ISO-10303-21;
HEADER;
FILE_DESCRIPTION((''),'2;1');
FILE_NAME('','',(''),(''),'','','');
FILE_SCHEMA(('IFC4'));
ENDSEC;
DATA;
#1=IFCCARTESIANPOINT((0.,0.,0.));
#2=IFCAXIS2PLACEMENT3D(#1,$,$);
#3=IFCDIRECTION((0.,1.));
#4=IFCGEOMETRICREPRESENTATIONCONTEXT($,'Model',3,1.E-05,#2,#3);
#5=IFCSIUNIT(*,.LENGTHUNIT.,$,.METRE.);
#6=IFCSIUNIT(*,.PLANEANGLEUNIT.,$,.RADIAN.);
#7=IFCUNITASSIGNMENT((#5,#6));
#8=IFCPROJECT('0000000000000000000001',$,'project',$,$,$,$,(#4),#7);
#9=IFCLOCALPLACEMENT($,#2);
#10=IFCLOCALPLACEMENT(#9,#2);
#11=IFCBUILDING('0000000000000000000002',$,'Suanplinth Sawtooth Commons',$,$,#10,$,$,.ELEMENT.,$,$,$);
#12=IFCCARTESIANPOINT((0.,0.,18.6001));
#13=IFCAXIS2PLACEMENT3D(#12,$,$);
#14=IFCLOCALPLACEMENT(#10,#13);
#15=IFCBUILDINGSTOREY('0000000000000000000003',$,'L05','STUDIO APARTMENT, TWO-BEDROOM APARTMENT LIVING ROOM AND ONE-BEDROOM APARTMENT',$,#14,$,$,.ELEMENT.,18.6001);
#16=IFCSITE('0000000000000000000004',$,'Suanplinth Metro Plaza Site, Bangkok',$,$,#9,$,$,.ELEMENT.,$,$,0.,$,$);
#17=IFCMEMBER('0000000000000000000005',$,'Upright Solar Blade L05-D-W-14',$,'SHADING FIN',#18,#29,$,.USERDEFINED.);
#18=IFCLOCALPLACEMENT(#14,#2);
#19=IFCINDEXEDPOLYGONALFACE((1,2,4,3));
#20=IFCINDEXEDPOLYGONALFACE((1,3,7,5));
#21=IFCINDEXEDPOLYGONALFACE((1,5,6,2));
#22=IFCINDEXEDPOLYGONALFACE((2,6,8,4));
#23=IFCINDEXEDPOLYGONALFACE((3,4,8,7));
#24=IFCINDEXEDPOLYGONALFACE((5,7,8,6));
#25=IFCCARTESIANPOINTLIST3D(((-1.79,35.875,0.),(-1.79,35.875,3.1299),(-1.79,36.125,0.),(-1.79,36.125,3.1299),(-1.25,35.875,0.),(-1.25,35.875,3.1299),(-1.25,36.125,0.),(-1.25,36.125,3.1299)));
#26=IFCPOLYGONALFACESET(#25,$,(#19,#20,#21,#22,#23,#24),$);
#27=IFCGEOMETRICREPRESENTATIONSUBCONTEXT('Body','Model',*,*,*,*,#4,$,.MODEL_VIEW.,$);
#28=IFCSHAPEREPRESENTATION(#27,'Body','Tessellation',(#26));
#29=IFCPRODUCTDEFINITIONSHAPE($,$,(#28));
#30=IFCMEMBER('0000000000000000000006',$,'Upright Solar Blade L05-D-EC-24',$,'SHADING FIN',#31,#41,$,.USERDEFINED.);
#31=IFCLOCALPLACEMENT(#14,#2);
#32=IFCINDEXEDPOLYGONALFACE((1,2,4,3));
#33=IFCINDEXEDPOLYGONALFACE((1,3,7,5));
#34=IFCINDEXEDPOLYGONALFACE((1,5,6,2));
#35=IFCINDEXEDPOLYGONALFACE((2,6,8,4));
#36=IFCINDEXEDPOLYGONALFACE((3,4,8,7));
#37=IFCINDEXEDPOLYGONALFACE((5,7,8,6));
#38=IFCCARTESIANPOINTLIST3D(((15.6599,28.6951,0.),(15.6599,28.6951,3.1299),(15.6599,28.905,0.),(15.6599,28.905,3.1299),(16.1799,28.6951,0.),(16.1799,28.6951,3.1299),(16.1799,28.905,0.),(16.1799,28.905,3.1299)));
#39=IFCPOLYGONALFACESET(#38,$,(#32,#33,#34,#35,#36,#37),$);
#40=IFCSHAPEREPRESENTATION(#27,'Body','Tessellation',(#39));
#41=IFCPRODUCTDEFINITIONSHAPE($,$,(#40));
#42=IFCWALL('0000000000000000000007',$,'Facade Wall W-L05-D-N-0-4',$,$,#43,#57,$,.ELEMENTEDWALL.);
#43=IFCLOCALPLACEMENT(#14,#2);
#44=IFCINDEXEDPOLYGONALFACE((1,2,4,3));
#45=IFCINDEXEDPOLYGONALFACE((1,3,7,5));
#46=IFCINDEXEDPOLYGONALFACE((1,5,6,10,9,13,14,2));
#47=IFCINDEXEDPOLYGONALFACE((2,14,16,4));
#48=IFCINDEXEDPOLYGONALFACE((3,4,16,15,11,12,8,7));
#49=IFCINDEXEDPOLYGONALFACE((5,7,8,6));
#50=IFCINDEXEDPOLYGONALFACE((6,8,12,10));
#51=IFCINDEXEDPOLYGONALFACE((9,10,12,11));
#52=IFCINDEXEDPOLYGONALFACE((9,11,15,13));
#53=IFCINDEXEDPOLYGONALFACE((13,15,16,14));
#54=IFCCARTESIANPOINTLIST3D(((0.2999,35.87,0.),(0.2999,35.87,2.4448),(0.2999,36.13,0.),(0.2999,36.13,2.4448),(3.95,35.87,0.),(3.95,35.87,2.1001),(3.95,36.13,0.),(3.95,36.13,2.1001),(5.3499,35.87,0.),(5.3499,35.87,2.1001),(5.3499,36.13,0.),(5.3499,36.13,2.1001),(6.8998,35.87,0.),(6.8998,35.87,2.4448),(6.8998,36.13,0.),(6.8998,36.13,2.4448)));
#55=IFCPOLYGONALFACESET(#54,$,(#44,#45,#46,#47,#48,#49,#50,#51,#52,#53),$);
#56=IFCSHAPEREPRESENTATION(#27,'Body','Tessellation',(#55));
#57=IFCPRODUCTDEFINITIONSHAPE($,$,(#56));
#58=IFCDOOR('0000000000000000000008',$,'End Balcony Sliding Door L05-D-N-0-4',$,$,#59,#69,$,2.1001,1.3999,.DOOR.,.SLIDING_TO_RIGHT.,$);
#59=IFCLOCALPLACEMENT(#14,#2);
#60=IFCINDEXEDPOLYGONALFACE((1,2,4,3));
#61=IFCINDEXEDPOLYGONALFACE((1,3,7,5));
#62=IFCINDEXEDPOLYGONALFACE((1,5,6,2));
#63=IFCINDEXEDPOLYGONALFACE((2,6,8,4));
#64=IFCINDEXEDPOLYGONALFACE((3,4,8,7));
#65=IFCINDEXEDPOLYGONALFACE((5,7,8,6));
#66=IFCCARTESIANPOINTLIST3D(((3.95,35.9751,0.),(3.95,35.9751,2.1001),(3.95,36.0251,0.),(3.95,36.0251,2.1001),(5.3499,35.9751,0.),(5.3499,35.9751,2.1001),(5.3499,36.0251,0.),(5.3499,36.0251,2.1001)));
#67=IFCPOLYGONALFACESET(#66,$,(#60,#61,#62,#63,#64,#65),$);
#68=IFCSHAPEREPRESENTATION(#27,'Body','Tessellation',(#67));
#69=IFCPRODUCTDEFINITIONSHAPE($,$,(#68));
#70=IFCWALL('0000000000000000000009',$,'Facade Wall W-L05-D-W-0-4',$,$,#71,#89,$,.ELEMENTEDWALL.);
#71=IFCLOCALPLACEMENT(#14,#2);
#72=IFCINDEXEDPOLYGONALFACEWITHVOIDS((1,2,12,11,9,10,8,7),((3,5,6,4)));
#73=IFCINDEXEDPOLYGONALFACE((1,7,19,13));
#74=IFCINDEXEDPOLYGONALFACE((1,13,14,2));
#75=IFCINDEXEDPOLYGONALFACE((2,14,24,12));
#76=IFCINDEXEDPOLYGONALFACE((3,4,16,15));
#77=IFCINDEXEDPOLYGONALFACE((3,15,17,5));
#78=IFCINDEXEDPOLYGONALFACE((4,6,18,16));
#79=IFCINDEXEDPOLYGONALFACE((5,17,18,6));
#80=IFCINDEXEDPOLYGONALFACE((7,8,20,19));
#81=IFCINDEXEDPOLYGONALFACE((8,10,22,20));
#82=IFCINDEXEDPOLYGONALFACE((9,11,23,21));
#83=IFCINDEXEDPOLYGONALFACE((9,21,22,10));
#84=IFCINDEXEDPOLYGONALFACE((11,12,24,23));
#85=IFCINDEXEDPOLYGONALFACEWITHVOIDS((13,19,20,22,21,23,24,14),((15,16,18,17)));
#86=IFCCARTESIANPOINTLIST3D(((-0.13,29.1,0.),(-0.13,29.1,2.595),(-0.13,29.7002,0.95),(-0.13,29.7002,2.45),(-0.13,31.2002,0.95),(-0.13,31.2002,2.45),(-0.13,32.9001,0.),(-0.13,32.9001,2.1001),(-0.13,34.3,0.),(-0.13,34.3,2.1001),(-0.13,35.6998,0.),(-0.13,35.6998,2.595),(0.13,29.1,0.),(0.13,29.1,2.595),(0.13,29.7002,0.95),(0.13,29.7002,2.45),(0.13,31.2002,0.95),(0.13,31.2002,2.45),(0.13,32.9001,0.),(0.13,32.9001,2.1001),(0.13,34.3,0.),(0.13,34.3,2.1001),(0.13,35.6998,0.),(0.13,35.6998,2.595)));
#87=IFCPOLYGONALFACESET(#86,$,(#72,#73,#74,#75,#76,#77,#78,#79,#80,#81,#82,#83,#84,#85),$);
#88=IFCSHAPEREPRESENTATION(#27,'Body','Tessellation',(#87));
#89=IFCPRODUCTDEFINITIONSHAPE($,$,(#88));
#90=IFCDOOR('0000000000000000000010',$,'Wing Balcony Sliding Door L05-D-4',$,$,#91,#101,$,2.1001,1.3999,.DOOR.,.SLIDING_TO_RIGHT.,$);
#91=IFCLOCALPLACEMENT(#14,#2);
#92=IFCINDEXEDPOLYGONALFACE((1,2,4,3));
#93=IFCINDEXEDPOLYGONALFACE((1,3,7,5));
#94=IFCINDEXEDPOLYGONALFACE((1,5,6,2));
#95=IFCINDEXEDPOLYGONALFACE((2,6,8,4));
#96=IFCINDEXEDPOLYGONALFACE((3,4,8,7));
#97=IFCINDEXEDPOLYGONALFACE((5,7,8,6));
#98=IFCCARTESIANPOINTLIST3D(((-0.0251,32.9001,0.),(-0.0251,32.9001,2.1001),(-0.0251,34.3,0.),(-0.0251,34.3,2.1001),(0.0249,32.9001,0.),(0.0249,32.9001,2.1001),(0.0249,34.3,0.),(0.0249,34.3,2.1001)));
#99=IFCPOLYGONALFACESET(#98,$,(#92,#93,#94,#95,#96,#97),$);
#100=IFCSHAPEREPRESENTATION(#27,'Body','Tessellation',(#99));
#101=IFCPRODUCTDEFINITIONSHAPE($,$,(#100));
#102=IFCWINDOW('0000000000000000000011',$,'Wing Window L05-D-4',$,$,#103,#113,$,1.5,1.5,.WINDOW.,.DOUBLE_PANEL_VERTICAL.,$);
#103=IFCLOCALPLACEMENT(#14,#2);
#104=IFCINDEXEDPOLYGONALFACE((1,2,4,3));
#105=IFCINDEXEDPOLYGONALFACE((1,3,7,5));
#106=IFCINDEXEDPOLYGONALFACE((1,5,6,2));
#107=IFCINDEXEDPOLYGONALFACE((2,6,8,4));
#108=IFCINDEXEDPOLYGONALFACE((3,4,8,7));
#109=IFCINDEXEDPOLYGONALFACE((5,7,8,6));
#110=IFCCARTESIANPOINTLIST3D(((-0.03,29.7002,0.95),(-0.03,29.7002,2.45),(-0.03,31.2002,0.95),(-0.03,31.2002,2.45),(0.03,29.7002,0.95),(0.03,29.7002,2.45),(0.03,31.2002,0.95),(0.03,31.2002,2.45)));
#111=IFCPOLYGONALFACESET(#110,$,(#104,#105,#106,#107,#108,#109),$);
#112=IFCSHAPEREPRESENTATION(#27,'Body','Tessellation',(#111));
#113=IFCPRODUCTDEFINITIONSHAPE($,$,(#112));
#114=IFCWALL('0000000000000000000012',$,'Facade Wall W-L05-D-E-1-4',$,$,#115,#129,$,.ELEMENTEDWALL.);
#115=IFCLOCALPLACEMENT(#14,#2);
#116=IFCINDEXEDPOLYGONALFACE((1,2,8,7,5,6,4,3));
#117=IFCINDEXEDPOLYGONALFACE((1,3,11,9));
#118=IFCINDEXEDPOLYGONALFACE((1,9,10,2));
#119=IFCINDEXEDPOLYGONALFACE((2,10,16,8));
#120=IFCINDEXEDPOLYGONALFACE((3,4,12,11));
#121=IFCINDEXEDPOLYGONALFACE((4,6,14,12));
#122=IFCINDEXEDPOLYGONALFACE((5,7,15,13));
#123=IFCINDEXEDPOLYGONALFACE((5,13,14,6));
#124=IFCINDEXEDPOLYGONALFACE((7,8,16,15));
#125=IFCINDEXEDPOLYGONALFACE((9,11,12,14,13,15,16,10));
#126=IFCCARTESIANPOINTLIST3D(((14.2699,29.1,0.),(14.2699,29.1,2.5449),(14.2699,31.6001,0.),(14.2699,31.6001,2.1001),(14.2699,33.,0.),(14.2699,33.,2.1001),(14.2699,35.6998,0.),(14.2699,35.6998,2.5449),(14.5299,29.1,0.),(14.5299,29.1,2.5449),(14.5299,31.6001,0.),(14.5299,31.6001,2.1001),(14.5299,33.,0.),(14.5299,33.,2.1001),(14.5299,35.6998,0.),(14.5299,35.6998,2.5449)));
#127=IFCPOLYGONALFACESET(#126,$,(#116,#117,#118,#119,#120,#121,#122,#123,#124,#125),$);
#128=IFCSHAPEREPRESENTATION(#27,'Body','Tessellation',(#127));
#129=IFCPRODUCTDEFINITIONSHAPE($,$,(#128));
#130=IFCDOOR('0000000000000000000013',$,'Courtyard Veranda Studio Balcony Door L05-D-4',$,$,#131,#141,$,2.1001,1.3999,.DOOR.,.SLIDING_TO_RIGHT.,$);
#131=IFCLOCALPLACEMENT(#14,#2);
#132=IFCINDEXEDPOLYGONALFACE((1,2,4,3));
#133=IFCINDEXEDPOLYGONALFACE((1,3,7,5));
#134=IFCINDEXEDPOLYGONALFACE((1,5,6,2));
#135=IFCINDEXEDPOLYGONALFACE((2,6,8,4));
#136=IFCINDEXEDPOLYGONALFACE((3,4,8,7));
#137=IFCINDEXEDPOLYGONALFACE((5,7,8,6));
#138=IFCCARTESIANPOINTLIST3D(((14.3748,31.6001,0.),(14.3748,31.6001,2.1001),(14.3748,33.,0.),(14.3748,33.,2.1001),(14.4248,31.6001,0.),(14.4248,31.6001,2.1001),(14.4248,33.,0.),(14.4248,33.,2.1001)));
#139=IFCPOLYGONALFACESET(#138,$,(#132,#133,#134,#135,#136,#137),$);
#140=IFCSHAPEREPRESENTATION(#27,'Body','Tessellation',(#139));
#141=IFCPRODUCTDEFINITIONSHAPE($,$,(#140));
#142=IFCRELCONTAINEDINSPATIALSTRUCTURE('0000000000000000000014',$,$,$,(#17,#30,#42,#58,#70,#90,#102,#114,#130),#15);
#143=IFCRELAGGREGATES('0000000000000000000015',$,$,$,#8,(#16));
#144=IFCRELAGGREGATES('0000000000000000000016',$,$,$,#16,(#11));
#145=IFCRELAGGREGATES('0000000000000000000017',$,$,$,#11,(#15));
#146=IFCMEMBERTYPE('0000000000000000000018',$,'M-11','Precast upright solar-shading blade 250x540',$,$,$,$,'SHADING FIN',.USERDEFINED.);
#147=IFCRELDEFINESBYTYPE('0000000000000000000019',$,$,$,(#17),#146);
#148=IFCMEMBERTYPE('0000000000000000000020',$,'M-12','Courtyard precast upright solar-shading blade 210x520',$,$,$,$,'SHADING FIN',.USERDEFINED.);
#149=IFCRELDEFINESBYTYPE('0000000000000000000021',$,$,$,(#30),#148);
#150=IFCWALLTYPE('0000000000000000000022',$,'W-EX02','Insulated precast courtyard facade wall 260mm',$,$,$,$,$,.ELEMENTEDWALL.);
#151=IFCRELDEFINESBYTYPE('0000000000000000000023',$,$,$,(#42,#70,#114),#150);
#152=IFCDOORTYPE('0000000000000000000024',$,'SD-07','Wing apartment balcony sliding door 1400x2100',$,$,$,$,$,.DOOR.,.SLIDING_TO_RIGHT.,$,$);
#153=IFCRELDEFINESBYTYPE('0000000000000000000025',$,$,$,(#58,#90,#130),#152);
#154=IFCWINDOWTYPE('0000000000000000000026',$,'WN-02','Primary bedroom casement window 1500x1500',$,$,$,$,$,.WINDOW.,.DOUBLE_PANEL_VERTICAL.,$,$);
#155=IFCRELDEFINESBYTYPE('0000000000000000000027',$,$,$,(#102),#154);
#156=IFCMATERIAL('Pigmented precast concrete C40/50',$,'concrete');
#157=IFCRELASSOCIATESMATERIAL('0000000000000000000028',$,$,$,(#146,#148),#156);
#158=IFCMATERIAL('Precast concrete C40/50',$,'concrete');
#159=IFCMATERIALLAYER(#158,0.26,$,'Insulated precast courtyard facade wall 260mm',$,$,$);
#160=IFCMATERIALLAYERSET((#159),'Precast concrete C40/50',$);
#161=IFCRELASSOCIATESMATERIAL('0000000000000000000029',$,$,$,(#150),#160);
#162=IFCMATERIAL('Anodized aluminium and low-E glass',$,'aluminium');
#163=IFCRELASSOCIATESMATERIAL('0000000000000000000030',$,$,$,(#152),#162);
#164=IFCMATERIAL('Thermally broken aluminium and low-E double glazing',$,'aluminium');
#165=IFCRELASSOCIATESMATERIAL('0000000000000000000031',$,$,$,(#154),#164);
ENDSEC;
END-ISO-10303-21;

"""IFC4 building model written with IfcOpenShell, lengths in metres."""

from ifc_helpers import new_model, si_unit, direction, frame, frame_2d, origin, origin_2d, place, context, subcontext, project, spatial, rectangle, extrude, material, layer, layer_set, material_profile, profile_set, type_object, element, fill, save


model = new_model("IFC4")

# Units and contexts
model_context = context("Model", 3, precision=1e-05, world=origin(), true_north=direction((0.0, 1.0)))
body_context = subcontext(model_context, "Body", "Model", "MODEL_VIEW")
ifc_project = project(units=[si_unit("LENGTHUNIT", "METRE"), si_unit("PLANEANGLEUNIT", "RADIAN")], contexts=[model_context])

# Site, building, storey
site_placement = place(None, origin())
site = spatial("IfcSite", under=ifc_project, at=site_placement, Name="Suanplinth Metro Plaza Site, Bangkok", CompositionType="ELEMENT", RefElevation=0.0)
building_placement = place(site_placement, origin())
building = spatial("IfcBuilding", under=site, at=building_placement, Name="Suanplinth Sawtooth Commons", CompositionType="ELEMENT")
storey_placement = place(building_placement, frame((0.0, 0.0, 18.6001)))
storey = spatial("IfcBuildingStorey", under=building, at=storey_placement, Name="L05", Description="STUDIO APARTMENT, TWO-BEDROOM APARTMENT LIVING ROOM AND ONE-BEDROOM APARTMENT", CompositionType="ELEMENT", Elevation=18.6001)

# Shared definitions
ifc_material_1 = material(Name="Precast concrete C40/50", Category="concrete")

# Members
ifc_material_2 = material(Name="Pigmented precast concrete C40/50", Category="concrete")
ifc_material_profile_1 = material_profile(ifc_material_2, rectangle(XDim=0.25, YDim=0.54, at=origin_2d()), Name="PC-FIN 250x540")
ifc_profile_set_1 = profile_set([ifc_material_profile_1], Name="Pigmented precast concrete C40/50")
member_type_1 = type_object("IfcMemberType", Name="M-11", Description="Precast upright solar-shading blade 250x540", ElementType="SHADING FIN", PredefinedType="USERDEFINED", material=ifc_profile_set_1)
member_1_placement = place(storey_placement, frame((-1.52, 36.0, 0.0), z_axis=(0.0, 0.0, 1.0), x_axis=(0.0, 1.0, 0.0)))
element("IfcMember", 1, at=member_1_placement, inside=storey, type_object=member_type_1, Name="Upright Solar Blade L05-D-W-14", ObjectType="SHADING FIN", PredefinedType="USERDEFINED", context=body_context, shape_type="SweptSolid", body=[
    extrude(rectangle(XDim=0.25, YDim=0.54, at=origin_2d()), origin(), (0.0, 0.0, 1.0), 3.1299),
])
ifc_material_profile_2 = material_profile(ifc_material_2, rectangle(XDim=0.21, YDim=0.52, at=origin_2d()), Name="PC-FIN 210x520")
ifc_profile_set_2 = profile_set([ifc_material_profile_2], Name="Pigmented precast concrete C40/50")
member_type_2 = type_object("IfcMemberType", Name="M-12", Description="Courtyard precast upright solar-shading blade 210x520", ElementType="SHADING FIN", PredefinedType="USERDEFINED", material=ifc_profile_set_2)
member_2_placement = place(storey_placement, frame((15.9199, 28.8, 0.0), z_axis=(0.0, 0.0, 1.0), x_axis=(0.0, 1.0, 0.0)))
element("IfcMember", 2, at=member_2_placement, inside=storey, type_object=member_type_2, Name="Upright Solar Blade L05-D-EC-24", ObjectType="SHADING FIN", PredefinedType="USERDEFINED", context=body_context, shape_type="SweptSolid", body=[
    extrude(rectangle(XDim=0.21, YDim=0.52, at=origin_2d()), origin(), (0.0, 0.0, 1.0), 3.1299),
])

# Wall, opening, door
ifc_layer_1 = layer(ifc_material_1, 0.26, Name="Insulated precast courtyard facade wall 260mm")
ifc_layer_set_1 = layer_set([ifc_layer_1], Name="Precast concrete C40/50")
wall_type_1 = type_object("IfcWallType", Name="W-EX02", Description="Insulated precast courtyard facade wall 260mm", PredefinedType="ELEMENTEDWALL", material=ifc_layer_set_1)
wall_1_placement = place(storey_placement, frame((0.3, 36.0, 0.0), z_axis=(0.0, 0.0, 1.0), x_axis=(1.0, 0.0, 0.0)))
wall_1 = element("IfcWall", 3, at=wall_1_placement, inside=storey, type_object=wall_type_1, Name="Facade Wall W-L05-D-N-0-4", PredefinedType="ELEMENTEDWALL", context=body_context, shape_type="SweptSolid", body=[
    extrude(rectangle(XDim=6.5999, YDim=0.26, at=frame_2d((3.2998, 0.0))), origin(), (0.0, 0.0, 1.0), 2.4448),
])
opening_1_placement = place(wall_1_placement, frame((3.6499, 0.0, 0.0)))
opening_1 = element("IfcOpeningElement", 4, at=opening_1_placement, cuts=wall_1, PredefinedType="OPENING", context=body_context, shape_type="SweptSolid", body=[
    extrude(rectangle(XDim=1.3999, YDim=2.1001, at=frame_2d((0.7, 1.05))), frame((0.0, 0.145, 0.0), z_axis=(0.0, -1.0, 0.0), x_axis=(1.0, 0.0, 0.0)), (0.0, 0.0, 1.0), 0.2898),
])
ifc_material_3 = material(Name="Anodized aluminium and low-E glass", Category="aluminium")
door_type_1 = type_object("IfcDoorType", Name="SD-07", Description="Wing apartment balcony sliding door 1400x2100", OperationType="SLIDING_TO_RIGHT", PredefinedType="DOOR", material=ifc_material_3)
door_1_placement = place(opening_1_placement, frame((1.3999, 0.0, 0.0), z_axis=(0.0, 0.0, 1.0), x_axis=(-1.0, 0.0, 0.0)))
door_1 = element("IfcDoor", 5, at=door_1_placement, inside=storey, type_object=door_type_1, Name="End Balcony Sliding Door L05-D-N-0-4", OperationType="SLIDING_TO_RIGHT", OverallHeight=2.1001, OverallWidth=1.3999, PredefinedType="DOOR", context=body_context, shape_type="SweptSolid", body=[
    extrude(rectangle(XDim=1.3999, YDim=2.1001, at=frame_2d((0.7, 1.05))), frame((0.0, 0.0249, 0.0), z_axis=(0.0, -1.0, 0.0), x_axis=(1.0, 0.0, 0.0)), (0.0, 0.0, 1.0), 0.05),
])
fill(opening_1, door_1)

# Wall, openings, door, window
wall_2_placement = place(storey_placement, frame((0.0, 29.1001, 0.0), z_axis=(0.0, 0.0, 1.0), x_axis=(0.0, 1.0, 0.0)))
wall_2 = element("IfcWall", 6, at=wall_2_placement, inside=storey, type_object=wall_type_1, Name="Facade Wall W-L05-D-W-0-4", PredefinedType="ELEMENTEDWALL", context=body_context, shape_type="SweptSolid", body=[
    extrude(rectangle(XDim=6.5999, YDim=0.26, at=frame_2d((3.2998, 0.0))), origin(), (0.0, 0.0, 1.0), 2.595),
])
opening_2_placement = place(wall_2_placement, frame((3.8, 0.0, 0.0)))
opening_2 = element("IfcOpeningElement", 7, at=opening_2_placement, cuts=wall_2, PredefinedType="OPENING", context=body_context, shape_type="SweptSolid", body=[
    extrude(rectangle(XDim=1.3999, YDim=2.1001, at=frame_2d((0.7, 1.05))), frame((0.0, 0.145, 0.0), z_axis=(0.0, -1.0, 0.0), x_axis=(1.0, 0.0, 0.0)), (0.0, 0.0, 1.0), 0.2898),
])
opening_3_placement = place(wall_2_placement, frame((0.6001, 0.0, 0.95)))
opening_3 = element("IfcOpeningElement", 8, at=opening_3_placement, cuts=wall_2, PredefinedType="OPENING", context=body_context, shape_type="SweptSolid", body=[
    extrude(rectangle(XDim=1.5, YDim=1.5, at=frame_2d((0.75, 0.75))), frame((0.0, 0.145, 0.0), z_axis=(0.0, -1.0, 0.0), x_axis=(1.0, 0.0, 0.0)), (0.0, 0.0, 1.0), 0.2898),
])
door_2_placement = place(opening_2_placement, frame((1.3999, 0.0, 0.0), z_axis=(0.0, 0.0, 1.0), x_axis=(-1.0, 0.0, 0.0)))
door_2 = element("IfcDoor", 9, at=door_2_placement, inside=storey, type_object=door_type_1, Name="Wing Balcony Sliding Door L05-D-4", OperationType="SLIDING_TO_RIGHT", OverallHeight=2.1001, OverallWidth=1.3999, PredefinedType="DOOR", context=body_context, shape_type="SweptSolid", body=[
    extrude(rectangle(XDim=1.3999, YDim=2.1001, at=frame_2d((0.7, 1.05))), frame((0.0, 0.0249, 0.0), z_axis=(0.0, -1.0, 0.0), x_axis=(1.0, 0.0, 0.0)), (0.0, 0.0, 1.0), 0.05),
])
fill(opening_2, door_2)
ifc_material_4 = material(Name="Thermally broken aluminium and low-E double glazing", Category="aluminium")
window_type = type_object("IfcWindowType", Name="WN-02", Description="Primary bedroom casement window 1500x1500", PartitioningType="DOUBLE_PANEL_VERTICAL", PredefinedType="WINDOW", material=ifc_material_4)
window_placement = place(opening_3_placement, origin())
window = element("IfcWindow", 10, at=window_placement, inside=storey, type_object=window_type, Name="Wing Window L05-D-4", OverallHeight=1.5, OverallWidth=1.5, PartitioningType="DOUBLE_PANEL_VERTICAL", PredefinedType="WINDOW", context=body_context, shape_type="SweptSolid", body=[
    extrude(rectangle(XDim=1.5, YDim=1.5, at=frame_2d((0.75, 0.75))), frame((0.0, 0.03, 0.0), z_axis=(0.0, -1.0, 0.0), x_axis=(1.0, 0.0, 0.0)), (0.0, 0.0, 1.0), 0.0601),
])
fill(opening_3, window)

# Wall, opening, door
wall_3_placement = place(storey_placement, frame((14.3999, 29.1001, 0.0), z_axis=(0.0, 0.0, 1.0), x_axis=(0.0, 1.0, 0.0)))
wall_3 = element("IfcWall", 11, at=wall_3_placement, inside=storey, type_object=wall_type_1, Name="Facade Wall W-L05-D-E-1-4", PredefinedType="ELEMENTEDWALL", context=body_context, shape_type="SweptSolid", body=[
    extrude(rectangle(XDim=6.5999, YDim=0.26, at=frame_2d((3.2998, 0.0))), origin(), (0.0, 0.0, 1.0), 2.5449),
])
opening_4_placement = place(wall_3_placement, frame((2.5, 0.0, 0.0)))
opening_4 = element("IfcOpeningElement", 12, at=opening_4_placement, cuts=wall_3, PredefinedType="OPENING", context=body_context, shape_type="SweptSolid", body=[
    extrude(rectangle(XDim=1.3999, YDim=2.1001, at=frame_2d((0.7, 1.05))), frame((0.0, 0.145, 0.0), z_axis=(0.0, -1.0, 0.0), x_axis=(1.0, 0.0, 0.0)), (0.0, 0.0, 1.0), 0.2898),
])
door_3_placement = place(opening_4_placement, frame((1.3999, 0.0, 0.0), z_axis=(0.0, 0.0, 1.0), x_axis=(-1.0, 0.0, 0.0)))
door_3 = element("IfcDoor", 13, at=door_3_placement, inside=storey, type_object=door_type_1, Name="Courtyard Veranda Studio Balcony Door L05-D-4", OperationType="SLIDING_TO_RIGHT", OverallHeight=2.1001, OverallWidth=1.3999, PredefinedType="DOOR", context=body_context, shape_type="SweptSolid", body=[
    extrude(rectangle(XDim=1.3999, YDim=2.1001, at=frame_2d((0.7, 1.05))), frame((0.0, 0.0249, 0.0), z_axis=(0.0, -1.0, 0.0), x_axis=(1.0, 0.0, 0.0)), (0.0, 0.0, 1.0), 0.05),
])
fill(opening_4, door_3)

save(model, "model.ifc")
